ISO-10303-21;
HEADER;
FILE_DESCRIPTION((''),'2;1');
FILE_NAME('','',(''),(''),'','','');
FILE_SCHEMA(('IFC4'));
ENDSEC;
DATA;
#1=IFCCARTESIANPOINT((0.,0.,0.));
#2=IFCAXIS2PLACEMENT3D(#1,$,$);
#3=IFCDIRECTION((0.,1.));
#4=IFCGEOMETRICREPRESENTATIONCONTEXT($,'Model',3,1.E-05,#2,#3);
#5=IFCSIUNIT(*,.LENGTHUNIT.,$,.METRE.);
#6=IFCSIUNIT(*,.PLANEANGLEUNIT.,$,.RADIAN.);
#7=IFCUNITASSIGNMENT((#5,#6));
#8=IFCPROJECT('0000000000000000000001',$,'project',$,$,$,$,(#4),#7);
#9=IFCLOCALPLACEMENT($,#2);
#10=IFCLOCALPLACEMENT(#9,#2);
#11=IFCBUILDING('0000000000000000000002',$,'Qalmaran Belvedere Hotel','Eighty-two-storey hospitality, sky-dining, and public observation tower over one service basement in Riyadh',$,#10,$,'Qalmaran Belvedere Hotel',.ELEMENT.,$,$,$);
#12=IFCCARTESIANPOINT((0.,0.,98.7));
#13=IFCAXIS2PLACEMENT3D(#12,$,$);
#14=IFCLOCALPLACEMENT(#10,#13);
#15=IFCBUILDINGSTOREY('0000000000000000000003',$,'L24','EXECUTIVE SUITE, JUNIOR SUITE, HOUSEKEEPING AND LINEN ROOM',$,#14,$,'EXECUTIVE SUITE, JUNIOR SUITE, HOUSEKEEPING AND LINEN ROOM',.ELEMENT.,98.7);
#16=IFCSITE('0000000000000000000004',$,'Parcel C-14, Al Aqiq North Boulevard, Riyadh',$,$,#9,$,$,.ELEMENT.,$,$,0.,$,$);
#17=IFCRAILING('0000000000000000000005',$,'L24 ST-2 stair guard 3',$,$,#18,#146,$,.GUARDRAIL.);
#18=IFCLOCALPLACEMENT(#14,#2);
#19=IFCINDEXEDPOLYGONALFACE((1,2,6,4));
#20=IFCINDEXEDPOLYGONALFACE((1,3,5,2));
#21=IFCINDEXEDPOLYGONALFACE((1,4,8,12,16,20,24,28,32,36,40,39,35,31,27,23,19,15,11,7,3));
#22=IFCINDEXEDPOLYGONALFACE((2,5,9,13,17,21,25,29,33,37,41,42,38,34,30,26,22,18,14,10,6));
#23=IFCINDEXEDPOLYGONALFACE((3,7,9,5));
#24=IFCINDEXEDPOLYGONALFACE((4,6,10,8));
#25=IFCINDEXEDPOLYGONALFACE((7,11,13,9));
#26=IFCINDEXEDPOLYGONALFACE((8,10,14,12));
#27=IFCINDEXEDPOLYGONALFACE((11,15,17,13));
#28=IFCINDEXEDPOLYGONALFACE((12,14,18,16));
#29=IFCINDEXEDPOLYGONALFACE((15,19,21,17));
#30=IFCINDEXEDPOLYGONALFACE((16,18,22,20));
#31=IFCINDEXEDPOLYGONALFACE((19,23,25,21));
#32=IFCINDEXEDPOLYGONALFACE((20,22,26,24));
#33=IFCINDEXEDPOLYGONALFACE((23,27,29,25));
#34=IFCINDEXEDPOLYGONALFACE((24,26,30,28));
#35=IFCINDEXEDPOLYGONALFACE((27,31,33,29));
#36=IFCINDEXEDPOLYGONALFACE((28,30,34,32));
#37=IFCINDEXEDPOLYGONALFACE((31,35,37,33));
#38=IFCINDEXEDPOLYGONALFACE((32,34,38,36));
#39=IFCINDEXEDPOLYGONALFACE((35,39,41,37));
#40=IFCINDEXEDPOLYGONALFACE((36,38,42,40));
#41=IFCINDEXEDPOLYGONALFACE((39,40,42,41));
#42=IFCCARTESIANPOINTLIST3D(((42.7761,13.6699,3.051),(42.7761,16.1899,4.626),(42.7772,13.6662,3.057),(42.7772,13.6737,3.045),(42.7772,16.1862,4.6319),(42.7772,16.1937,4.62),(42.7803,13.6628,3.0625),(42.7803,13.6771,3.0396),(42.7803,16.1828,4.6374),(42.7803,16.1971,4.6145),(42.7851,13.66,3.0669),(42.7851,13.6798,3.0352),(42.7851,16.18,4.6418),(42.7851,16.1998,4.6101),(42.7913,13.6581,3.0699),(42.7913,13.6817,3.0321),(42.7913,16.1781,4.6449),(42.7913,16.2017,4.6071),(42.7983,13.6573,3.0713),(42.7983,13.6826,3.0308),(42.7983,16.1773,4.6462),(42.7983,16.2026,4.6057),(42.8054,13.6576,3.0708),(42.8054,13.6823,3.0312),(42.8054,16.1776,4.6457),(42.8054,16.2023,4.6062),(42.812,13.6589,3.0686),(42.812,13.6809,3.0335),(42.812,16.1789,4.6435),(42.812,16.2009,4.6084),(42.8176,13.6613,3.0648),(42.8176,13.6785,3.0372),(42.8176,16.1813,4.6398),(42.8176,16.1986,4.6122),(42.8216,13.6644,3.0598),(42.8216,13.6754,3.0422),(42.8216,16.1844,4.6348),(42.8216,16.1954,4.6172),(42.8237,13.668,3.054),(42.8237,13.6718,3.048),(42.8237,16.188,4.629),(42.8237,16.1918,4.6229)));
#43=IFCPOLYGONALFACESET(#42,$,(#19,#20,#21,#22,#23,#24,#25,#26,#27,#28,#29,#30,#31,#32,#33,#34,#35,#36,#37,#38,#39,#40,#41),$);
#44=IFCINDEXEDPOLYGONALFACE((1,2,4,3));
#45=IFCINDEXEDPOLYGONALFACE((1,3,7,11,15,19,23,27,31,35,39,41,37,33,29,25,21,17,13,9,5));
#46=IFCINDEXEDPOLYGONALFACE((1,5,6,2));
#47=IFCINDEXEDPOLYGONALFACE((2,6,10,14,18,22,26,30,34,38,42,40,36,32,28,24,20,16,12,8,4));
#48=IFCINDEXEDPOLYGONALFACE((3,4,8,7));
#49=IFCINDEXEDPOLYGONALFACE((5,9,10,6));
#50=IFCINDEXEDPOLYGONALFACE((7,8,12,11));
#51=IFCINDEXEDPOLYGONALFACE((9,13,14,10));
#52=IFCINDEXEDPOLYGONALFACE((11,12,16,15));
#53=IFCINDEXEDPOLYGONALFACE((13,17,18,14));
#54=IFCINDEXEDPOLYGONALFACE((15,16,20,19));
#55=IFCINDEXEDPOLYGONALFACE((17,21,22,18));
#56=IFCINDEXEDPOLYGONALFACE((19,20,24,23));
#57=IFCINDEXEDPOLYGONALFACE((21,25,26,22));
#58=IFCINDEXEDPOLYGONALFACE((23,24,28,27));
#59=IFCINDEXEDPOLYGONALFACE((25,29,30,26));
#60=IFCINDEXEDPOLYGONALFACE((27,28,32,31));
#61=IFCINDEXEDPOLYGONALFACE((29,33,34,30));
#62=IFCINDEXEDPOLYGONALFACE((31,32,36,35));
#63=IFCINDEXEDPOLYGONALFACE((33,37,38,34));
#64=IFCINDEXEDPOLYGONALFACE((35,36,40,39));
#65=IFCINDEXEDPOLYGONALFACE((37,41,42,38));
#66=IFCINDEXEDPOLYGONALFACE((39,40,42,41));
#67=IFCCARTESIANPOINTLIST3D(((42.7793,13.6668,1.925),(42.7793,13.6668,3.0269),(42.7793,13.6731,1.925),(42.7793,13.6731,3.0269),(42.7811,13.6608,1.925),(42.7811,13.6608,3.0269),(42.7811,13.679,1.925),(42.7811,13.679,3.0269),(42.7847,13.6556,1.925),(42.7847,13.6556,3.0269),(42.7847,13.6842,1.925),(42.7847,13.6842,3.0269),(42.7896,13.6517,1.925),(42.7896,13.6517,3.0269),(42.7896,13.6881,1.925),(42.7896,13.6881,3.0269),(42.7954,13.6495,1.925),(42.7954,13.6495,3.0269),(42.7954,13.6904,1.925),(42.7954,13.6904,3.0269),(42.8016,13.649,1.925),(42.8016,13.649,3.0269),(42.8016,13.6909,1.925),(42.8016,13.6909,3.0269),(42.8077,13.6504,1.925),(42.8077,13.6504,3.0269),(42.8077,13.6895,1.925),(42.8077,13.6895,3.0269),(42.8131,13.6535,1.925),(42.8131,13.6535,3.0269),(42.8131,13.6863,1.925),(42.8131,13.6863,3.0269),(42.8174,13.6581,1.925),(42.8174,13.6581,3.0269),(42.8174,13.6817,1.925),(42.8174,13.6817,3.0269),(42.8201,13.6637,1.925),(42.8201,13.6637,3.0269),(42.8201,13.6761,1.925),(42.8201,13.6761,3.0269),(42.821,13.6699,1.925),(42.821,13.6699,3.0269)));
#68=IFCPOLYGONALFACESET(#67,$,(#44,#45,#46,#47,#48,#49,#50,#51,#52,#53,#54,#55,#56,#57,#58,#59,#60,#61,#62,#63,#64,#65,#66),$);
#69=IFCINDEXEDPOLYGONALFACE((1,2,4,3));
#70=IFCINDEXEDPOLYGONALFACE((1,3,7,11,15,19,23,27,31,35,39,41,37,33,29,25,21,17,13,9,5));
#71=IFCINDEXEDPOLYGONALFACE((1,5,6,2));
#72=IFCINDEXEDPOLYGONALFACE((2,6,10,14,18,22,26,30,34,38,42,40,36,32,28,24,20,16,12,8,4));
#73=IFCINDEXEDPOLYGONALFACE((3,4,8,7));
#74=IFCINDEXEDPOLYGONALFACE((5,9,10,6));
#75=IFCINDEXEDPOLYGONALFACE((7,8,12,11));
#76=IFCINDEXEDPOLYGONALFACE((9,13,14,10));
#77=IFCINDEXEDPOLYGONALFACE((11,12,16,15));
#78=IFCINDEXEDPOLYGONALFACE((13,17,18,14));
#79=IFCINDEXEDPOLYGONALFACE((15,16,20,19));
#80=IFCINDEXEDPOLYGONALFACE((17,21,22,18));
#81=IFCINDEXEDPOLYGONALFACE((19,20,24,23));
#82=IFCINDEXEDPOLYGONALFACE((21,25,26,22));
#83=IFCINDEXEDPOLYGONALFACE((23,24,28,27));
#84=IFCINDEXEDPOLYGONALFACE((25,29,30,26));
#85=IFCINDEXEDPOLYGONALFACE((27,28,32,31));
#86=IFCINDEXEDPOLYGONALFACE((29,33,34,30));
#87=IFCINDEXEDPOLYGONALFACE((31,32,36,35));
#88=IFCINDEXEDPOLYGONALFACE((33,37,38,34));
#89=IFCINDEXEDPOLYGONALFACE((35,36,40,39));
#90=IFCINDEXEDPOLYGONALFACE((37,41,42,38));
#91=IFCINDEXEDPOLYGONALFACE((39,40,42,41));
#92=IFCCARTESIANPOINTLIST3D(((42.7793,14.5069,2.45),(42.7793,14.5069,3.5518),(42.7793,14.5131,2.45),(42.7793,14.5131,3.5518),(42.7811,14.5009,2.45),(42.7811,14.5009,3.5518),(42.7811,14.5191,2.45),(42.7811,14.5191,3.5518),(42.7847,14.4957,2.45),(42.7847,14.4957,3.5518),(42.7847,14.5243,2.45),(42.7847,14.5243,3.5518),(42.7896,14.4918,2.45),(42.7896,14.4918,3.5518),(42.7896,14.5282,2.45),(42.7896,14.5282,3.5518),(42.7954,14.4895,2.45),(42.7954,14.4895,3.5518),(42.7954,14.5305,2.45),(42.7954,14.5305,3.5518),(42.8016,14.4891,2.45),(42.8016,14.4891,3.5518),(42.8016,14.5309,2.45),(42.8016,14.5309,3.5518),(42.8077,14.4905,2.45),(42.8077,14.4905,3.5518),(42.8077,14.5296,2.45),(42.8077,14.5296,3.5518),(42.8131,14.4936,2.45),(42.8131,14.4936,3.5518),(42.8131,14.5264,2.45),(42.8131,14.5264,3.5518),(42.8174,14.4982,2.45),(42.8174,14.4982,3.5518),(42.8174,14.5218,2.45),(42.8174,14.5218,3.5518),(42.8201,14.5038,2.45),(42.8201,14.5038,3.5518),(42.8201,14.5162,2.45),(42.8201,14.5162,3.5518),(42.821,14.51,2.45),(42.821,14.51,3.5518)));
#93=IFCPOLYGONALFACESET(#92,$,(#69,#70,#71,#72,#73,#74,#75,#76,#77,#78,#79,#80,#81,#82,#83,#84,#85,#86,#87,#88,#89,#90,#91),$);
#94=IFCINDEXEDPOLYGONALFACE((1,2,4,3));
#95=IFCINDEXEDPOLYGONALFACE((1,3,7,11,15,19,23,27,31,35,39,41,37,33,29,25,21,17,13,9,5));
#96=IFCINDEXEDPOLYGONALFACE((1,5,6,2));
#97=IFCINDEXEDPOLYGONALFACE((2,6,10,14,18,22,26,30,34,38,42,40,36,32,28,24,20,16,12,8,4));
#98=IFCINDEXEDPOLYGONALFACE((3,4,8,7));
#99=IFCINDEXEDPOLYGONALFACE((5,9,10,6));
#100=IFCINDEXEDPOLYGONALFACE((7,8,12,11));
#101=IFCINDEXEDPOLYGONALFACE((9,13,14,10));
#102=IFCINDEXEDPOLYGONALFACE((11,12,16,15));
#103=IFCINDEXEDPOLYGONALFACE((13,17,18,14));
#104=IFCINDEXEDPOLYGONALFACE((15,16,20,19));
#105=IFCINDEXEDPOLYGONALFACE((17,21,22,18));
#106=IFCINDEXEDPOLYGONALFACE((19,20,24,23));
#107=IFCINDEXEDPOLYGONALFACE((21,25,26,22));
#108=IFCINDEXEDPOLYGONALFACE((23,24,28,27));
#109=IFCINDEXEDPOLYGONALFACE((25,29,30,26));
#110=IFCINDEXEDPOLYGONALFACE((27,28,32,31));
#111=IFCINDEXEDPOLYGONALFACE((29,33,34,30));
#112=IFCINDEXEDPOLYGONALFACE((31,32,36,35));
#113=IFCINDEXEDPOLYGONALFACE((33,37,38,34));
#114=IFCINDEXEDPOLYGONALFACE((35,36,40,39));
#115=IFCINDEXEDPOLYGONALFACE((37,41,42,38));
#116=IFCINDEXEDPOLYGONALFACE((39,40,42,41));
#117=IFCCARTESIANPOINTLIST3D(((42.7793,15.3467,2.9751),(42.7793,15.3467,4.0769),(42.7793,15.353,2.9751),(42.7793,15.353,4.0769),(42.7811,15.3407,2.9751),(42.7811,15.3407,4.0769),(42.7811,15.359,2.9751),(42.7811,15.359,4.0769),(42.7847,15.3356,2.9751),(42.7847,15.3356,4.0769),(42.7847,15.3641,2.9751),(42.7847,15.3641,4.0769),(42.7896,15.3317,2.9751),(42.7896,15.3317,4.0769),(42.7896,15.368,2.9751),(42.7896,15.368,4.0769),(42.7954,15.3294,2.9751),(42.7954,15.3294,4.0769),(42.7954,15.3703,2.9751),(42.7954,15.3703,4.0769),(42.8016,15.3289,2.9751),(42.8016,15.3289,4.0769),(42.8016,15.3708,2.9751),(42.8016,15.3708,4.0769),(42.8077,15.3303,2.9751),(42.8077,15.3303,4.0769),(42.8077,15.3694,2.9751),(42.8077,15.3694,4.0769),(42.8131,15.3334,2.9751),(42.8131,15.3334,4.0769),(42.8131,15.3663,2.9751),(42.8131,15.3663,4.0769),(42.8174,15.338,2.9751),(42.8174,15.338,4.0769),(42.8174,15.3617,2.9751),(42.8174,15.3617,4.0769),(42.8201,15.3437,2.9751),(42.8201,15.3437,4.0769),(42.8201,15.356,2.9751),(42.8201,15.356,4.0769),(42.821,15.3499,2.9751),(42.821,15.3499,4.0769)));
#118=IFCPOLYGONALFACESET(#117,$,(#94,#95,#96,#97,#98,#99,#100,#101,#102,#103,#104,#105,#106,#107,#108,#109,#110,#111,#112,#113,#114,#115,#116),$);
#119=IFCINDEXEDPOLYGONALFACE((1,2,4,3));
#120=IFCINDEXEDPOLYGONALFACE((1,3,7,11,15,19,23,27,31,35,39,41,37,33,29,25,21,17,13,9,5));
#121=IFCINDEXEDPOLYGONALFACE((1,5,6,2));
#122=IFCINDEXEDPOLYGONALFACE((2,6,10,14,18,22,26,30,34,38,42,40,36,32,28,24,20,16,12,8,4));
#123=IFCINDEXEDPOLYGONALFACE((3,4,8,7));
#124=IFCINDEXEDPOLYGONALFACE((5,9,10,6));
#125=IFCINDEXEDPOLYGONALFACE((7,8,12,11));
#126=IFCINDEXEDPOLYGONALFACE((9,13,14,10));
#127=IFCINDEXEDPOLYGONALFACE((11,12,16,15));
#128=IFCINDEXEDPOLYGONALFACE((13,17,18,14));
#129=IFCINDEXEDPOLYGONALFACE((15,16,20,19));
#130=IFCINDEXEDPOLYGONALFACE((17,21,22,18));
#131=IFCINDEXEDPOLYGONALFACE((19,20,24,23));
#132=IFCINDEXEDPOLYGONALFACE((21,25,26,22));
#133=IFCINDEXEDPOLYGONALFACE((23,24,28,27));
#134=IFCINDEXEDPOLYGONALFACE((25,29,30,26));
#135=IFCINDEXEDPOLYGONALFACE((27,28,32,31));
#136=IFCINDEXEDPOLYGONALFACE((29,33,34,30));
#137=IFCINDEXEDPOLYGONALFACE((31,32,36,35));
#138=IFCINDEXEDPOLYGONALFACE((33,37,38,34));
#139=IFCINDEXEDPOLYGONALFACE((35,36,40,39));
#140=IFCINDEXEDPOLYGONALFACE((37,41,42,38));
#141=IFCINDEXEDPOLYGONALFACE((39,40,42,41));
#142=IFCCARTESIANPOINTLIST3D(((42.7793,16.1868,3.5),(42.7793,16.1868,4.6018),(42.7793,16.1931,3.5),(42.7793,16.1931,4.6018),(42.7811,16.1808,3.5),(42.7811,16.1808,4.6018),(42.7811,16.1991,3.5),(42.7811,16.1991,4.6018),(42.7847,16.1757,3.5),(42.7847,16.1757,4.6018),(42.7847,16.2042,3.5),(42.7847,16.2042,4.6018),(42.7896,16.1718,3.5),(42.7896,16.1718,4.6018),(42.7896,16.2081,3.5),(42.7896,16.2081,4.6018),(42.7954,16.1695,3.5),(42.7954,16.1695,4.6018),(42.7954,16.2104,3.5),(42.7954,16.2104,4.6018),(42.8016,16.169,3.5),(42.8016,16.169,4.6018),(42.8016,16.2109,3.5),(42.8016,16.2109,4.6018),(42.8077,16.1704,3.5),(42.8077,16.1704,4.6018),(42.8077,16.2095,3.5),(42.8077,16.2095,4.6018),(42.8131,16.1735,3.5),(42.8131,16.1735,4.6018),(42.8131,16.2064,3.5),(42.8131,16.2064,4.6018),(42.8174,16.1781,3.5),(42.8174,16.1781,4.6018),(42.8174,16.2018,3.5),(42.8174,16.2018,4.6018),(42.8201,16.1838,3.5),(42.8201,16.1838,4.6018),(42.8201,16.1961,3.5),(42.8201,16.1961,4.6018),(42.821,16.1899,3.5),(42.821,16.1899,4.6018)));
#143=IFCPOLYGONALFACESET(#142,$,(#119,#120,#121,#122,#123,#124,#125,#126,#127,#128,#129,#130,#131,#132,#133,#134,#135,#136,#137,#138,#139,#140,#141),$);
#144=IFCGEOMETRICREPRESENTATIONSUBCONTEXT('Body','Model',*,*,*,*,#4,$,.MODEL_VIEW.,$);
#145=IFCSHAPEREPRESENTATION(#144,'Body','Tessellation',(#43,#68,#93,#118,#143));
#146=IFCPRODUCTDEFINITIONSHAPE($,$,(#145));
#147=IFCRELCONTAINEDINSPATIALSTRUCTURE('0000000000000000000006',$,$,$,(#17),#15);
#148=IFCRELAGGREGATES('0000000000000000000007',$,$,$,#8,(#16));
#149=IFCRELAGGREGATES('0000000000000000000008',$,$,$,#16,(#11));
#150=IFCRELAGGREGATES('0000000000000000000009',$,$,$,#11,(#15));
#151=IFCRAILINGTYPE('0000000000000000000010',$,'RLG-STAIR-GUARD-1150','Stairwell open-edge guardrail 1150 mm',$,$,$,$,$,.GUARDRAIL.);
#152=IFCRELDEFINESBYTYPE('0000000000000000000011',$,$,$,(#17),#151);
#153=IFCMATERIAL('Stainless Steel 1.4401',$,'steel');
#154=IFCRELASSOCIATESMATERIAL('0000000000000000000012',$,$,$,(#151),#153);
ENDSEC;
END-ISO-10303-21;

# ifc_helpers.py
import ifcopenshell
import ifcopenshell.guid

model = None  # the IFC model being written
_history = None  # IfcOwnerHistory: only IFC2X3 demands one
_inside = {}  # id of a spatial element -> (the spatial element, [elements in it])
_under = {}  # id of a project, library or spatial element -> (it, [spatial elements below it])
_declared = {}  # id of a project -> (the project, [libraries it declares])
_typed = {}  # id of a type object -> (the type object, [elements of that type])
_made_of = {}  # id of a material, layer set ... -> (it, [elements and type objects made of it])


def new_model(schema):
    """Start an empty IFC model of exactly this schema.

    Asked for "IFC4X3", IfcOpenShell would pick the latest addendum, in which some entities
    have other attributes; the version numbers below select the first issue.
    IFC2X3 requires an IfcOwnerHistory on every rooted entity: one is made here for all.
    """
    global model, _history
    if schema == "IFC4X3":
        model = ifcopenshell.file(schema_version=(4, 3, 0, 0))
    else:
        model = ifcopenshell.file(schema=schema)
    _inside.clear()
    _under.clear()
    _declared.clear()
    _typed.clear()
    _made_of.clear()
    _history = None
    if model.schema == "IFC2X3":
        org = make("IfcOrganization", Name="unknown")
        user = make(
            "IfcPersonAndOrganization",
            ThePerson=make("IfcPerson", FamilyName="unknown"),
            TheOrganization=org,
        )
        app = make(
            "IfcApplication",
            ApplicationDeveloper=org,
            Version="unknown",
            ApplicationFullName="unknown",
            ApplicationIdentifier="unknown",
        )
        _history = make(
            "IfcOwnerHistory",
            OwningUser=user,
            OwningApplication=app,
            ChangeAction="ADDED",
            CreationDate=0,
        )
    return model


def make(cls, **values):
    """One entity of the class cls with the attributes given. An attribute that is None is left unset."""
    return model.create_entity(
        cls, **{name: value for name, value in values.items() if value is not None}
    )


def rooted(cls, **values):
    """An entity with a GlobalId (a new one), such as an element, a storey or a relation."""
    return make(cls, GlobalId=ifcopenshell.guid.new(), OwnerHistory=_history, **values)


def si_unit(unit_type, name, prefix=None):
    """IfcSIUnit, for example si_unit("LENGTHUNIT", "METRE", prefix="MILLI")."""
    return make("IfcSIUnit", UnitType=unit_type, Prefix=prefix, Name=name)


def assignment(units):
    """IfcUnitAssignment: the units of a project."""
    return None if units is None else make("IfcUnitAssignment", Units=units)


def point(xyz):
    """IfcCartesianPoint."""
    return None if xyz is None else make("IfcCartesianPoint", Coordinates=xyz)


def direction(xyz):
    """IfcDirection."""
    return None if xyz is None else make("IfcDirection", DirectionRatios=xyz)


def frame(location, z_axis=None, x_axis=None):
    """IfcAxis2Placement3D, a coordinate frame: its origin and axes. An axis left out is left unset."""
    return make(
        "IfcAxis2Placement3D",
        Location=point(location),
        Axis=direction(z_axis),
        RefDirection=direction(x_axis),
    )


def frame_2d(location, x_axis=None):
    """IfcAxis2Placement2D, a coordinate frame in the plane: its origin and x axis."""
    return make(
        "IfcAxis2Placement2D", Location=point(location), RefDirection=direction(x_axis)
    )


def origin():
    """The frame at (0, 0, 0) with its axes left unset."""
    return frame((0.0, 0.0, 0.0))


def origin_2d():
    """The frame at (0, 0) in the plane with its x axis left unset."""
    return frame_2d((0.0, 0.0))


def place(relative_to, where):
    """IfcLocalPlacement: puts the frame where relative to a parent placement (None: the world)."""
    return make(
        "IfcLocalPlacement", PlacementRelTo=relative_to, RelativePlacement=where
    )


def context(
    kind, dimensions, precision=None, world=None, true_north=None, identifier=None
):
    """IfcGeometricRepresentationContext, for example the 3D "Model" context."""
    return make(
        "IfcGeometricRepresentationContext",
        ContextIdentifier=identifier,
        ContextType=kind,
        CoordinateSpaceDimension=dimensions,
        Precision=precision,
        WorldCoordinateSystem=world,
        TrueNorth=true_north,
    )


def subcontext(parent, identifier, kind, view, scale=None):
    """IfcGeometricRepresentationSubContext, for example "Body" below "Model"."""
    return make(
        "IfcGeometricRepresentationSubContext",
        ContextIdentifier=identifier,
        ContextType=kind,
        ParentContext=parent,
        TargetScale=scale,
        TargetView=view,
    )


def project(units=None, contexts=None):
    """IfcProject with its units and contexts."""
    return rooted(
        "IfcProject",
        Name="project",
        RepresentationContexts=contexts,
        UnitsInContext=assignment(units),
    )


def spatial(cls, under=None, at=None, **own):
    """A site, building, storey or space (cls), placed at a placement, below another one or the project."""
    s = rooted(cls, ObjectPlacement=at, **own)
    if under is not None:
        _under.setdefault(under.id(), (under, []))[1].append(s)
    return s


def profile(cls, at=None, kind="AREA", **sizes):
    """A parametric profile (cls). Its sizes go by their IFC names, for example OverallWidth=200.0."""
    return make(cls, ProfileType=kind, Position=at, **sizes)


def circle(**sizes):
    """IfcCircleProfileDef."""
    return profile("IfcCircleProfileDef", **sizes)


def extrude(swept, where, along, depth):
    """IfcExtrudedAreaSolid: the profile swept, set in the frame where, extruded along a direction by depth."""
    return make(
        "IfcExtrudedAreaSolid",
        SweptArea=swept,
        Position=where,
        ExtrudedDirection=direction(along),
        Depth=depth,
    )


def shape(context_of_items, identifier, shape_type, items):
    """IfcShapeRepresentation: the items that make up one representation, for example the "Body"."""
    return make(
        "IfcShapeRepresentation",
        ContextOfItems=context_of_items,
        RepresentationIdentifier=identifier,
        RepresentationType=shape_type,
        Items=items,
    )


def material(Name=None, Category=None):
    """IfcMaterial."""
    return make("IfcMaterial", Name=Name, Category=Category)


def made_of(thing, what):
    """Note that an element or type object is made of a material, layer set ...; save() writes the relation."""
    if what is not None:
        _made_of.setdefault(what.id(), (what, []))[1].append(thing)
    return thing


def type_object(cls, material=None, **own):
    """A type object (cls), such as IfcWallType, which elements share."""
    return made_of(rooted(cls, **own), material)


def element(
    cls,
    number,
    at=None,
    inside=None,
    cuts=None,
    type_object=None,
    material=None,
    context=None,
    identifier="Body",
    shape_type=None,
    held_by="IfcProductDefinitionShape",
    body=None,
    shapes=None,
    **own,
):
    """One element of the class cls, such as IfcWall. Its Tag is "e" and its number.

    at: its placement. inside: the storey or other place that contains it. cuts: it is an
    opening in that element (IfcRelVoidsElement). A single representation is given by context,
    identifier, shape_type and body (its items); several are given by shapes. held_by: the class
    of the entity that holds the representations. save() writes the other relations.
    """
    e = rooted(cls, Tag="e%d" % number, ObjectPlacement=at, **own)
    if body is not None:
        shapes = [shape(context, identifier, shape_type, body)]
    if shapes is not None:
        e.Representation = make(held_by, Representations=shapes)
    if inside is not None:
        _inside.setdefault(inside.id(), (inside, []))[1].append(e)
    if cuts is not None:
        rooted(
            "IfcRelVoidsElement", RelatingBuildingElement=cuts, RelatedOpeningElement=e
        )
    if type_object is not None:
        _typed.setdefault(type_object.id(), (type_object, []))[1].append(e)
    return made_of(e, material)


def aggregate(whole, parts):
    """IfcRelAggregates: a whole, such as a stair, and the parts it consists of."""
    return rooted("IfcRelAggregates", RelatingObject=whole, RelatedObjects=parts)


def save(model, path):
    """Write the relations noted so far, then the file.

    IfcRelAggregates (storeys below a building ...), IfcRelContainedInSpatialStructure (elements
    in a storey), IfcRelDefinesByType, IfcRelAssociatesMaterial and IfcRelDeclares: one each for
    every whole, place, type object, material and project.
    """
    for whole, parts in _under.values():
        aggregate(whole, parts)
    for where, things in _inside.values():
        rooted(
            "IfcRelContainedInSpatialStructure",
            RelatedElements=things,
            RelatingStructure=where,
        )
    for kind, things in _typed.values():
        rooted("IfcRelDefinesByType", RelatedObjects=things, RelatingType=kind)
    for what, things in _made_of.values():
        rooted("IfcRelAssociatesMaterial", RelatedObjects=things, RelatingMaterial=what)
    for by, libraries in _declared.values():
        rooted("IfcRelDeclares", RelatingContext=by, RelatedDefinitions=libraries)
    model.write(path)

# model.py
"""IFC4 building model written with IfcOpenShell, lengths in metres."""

from ifc_helpers import new_model, si_unit, direction, frame, origin, origin_2d, place, context, subcontext, project, spatial, circle, extrude, material, type_object, element, save


model = new_model("IFC4")

# Units and contexts
model_context = context("Model", 3, precision=1e-05, world=origin(), true_north=direction((0.0, 1.0)))
body_context = subcontext(model_context, "Body", "Model", "MODEL_VIEW")
ifc_project = project(units=[si_unit("LENGTHUNIT", "METRE"), si_unit("PLANEANGLEUNIT", "RADIAN")], contexts=[model_context])

# Site, building, storey
site_placement = place(None, origin())
site = spatial("IfcSite", under=ifc_project, at=site_placement, Name="Parcel C-14, Al Aqiq North Boulevard, Riyadh", CompositionType="ELEMENT", RefElevation=0.0)
building_placement = place(site_placement, origin())
building = spatial("IfcBuilding", under=site, at=building_placement, Name="Qalmaran Belvedere Hotel", Description="Eighty-two-storey hospitality, sky-dining, and public observation tower over one service basement in Riyadh", LongName="Qalmaran Belvedere Hotel", CompositionType="ELEMENT")
storey_placement = place(building_placement, frame((0.0, 0.0, 98.7)))
storey = spatial("IfcBuildingStorey", under=building, at=storey_placement, Name="L24", Description="EXECUTIVE SUITE, JUNIOR SUITE, HOUSEKEEPING AND LINEN ROOM", LongName="EXECUTIVE SUITE, JUNIOR SUITE, HOUSEKEEPING AND LINEN ROOM", CompositionType="ELEMENT", Elevation=98.7)

# Shared definitions
ifc_material_1 = material(Name="Stainless Steel 1.4401", Category="steel")

# Railing
railing_type_1 = type_object("IfcRailingType", Name="RLG-STAIR-GUARD-1150", Description="Stairwell open-edge guardrail 1150 mm", PredefinedType="GUARDRAIL", material=ifc_material_1)
railing_1_placement = place(storey_placement, frame((42.8, 13.6699, 1.925)))
element("IfcRailing", 1, at=railing_1_placement, inside=storey, type_object=railing_type_1, Name="L24 ST-2 stair guard 3", PredefinedType="GUARDRAIL", context=body_context, shape_type="SweptSolid", body=[
    extrude(circle(Radius=0.0239, at=origin_2d()), frame((0.0, 0.0, 1.126), z_axis=(0.0, 0.848008, 0.529984), x_axis=(-1.0, 0.0, 0.0)), (0.0, 0.0, 1.0), 2.9717),
    extrude(circle(Radius=0.021, at=origin_2d()), origin(), (0.0, 0.0, 1.0), 1.1018),
    extrude(circle(Radius=0.021, at=origin_2d()), frame((0.0, 0.8401, 0.5249)), (0.0, 0.0, 1.0), 1.1018),
    extrude(circle(Radius=0.021, at=origin_2d()), frame((0.0, 1.6799, 1.05)), (0.0, 0.0, 1.0), 1.1018),
    extrude(circle(Radius=0.021, at=origin_2d()), frame((0.0, 2.52, 1.575)), (0.0, 0.0, 1.0), 1.1018),
])

save(model, "model.ifc")
